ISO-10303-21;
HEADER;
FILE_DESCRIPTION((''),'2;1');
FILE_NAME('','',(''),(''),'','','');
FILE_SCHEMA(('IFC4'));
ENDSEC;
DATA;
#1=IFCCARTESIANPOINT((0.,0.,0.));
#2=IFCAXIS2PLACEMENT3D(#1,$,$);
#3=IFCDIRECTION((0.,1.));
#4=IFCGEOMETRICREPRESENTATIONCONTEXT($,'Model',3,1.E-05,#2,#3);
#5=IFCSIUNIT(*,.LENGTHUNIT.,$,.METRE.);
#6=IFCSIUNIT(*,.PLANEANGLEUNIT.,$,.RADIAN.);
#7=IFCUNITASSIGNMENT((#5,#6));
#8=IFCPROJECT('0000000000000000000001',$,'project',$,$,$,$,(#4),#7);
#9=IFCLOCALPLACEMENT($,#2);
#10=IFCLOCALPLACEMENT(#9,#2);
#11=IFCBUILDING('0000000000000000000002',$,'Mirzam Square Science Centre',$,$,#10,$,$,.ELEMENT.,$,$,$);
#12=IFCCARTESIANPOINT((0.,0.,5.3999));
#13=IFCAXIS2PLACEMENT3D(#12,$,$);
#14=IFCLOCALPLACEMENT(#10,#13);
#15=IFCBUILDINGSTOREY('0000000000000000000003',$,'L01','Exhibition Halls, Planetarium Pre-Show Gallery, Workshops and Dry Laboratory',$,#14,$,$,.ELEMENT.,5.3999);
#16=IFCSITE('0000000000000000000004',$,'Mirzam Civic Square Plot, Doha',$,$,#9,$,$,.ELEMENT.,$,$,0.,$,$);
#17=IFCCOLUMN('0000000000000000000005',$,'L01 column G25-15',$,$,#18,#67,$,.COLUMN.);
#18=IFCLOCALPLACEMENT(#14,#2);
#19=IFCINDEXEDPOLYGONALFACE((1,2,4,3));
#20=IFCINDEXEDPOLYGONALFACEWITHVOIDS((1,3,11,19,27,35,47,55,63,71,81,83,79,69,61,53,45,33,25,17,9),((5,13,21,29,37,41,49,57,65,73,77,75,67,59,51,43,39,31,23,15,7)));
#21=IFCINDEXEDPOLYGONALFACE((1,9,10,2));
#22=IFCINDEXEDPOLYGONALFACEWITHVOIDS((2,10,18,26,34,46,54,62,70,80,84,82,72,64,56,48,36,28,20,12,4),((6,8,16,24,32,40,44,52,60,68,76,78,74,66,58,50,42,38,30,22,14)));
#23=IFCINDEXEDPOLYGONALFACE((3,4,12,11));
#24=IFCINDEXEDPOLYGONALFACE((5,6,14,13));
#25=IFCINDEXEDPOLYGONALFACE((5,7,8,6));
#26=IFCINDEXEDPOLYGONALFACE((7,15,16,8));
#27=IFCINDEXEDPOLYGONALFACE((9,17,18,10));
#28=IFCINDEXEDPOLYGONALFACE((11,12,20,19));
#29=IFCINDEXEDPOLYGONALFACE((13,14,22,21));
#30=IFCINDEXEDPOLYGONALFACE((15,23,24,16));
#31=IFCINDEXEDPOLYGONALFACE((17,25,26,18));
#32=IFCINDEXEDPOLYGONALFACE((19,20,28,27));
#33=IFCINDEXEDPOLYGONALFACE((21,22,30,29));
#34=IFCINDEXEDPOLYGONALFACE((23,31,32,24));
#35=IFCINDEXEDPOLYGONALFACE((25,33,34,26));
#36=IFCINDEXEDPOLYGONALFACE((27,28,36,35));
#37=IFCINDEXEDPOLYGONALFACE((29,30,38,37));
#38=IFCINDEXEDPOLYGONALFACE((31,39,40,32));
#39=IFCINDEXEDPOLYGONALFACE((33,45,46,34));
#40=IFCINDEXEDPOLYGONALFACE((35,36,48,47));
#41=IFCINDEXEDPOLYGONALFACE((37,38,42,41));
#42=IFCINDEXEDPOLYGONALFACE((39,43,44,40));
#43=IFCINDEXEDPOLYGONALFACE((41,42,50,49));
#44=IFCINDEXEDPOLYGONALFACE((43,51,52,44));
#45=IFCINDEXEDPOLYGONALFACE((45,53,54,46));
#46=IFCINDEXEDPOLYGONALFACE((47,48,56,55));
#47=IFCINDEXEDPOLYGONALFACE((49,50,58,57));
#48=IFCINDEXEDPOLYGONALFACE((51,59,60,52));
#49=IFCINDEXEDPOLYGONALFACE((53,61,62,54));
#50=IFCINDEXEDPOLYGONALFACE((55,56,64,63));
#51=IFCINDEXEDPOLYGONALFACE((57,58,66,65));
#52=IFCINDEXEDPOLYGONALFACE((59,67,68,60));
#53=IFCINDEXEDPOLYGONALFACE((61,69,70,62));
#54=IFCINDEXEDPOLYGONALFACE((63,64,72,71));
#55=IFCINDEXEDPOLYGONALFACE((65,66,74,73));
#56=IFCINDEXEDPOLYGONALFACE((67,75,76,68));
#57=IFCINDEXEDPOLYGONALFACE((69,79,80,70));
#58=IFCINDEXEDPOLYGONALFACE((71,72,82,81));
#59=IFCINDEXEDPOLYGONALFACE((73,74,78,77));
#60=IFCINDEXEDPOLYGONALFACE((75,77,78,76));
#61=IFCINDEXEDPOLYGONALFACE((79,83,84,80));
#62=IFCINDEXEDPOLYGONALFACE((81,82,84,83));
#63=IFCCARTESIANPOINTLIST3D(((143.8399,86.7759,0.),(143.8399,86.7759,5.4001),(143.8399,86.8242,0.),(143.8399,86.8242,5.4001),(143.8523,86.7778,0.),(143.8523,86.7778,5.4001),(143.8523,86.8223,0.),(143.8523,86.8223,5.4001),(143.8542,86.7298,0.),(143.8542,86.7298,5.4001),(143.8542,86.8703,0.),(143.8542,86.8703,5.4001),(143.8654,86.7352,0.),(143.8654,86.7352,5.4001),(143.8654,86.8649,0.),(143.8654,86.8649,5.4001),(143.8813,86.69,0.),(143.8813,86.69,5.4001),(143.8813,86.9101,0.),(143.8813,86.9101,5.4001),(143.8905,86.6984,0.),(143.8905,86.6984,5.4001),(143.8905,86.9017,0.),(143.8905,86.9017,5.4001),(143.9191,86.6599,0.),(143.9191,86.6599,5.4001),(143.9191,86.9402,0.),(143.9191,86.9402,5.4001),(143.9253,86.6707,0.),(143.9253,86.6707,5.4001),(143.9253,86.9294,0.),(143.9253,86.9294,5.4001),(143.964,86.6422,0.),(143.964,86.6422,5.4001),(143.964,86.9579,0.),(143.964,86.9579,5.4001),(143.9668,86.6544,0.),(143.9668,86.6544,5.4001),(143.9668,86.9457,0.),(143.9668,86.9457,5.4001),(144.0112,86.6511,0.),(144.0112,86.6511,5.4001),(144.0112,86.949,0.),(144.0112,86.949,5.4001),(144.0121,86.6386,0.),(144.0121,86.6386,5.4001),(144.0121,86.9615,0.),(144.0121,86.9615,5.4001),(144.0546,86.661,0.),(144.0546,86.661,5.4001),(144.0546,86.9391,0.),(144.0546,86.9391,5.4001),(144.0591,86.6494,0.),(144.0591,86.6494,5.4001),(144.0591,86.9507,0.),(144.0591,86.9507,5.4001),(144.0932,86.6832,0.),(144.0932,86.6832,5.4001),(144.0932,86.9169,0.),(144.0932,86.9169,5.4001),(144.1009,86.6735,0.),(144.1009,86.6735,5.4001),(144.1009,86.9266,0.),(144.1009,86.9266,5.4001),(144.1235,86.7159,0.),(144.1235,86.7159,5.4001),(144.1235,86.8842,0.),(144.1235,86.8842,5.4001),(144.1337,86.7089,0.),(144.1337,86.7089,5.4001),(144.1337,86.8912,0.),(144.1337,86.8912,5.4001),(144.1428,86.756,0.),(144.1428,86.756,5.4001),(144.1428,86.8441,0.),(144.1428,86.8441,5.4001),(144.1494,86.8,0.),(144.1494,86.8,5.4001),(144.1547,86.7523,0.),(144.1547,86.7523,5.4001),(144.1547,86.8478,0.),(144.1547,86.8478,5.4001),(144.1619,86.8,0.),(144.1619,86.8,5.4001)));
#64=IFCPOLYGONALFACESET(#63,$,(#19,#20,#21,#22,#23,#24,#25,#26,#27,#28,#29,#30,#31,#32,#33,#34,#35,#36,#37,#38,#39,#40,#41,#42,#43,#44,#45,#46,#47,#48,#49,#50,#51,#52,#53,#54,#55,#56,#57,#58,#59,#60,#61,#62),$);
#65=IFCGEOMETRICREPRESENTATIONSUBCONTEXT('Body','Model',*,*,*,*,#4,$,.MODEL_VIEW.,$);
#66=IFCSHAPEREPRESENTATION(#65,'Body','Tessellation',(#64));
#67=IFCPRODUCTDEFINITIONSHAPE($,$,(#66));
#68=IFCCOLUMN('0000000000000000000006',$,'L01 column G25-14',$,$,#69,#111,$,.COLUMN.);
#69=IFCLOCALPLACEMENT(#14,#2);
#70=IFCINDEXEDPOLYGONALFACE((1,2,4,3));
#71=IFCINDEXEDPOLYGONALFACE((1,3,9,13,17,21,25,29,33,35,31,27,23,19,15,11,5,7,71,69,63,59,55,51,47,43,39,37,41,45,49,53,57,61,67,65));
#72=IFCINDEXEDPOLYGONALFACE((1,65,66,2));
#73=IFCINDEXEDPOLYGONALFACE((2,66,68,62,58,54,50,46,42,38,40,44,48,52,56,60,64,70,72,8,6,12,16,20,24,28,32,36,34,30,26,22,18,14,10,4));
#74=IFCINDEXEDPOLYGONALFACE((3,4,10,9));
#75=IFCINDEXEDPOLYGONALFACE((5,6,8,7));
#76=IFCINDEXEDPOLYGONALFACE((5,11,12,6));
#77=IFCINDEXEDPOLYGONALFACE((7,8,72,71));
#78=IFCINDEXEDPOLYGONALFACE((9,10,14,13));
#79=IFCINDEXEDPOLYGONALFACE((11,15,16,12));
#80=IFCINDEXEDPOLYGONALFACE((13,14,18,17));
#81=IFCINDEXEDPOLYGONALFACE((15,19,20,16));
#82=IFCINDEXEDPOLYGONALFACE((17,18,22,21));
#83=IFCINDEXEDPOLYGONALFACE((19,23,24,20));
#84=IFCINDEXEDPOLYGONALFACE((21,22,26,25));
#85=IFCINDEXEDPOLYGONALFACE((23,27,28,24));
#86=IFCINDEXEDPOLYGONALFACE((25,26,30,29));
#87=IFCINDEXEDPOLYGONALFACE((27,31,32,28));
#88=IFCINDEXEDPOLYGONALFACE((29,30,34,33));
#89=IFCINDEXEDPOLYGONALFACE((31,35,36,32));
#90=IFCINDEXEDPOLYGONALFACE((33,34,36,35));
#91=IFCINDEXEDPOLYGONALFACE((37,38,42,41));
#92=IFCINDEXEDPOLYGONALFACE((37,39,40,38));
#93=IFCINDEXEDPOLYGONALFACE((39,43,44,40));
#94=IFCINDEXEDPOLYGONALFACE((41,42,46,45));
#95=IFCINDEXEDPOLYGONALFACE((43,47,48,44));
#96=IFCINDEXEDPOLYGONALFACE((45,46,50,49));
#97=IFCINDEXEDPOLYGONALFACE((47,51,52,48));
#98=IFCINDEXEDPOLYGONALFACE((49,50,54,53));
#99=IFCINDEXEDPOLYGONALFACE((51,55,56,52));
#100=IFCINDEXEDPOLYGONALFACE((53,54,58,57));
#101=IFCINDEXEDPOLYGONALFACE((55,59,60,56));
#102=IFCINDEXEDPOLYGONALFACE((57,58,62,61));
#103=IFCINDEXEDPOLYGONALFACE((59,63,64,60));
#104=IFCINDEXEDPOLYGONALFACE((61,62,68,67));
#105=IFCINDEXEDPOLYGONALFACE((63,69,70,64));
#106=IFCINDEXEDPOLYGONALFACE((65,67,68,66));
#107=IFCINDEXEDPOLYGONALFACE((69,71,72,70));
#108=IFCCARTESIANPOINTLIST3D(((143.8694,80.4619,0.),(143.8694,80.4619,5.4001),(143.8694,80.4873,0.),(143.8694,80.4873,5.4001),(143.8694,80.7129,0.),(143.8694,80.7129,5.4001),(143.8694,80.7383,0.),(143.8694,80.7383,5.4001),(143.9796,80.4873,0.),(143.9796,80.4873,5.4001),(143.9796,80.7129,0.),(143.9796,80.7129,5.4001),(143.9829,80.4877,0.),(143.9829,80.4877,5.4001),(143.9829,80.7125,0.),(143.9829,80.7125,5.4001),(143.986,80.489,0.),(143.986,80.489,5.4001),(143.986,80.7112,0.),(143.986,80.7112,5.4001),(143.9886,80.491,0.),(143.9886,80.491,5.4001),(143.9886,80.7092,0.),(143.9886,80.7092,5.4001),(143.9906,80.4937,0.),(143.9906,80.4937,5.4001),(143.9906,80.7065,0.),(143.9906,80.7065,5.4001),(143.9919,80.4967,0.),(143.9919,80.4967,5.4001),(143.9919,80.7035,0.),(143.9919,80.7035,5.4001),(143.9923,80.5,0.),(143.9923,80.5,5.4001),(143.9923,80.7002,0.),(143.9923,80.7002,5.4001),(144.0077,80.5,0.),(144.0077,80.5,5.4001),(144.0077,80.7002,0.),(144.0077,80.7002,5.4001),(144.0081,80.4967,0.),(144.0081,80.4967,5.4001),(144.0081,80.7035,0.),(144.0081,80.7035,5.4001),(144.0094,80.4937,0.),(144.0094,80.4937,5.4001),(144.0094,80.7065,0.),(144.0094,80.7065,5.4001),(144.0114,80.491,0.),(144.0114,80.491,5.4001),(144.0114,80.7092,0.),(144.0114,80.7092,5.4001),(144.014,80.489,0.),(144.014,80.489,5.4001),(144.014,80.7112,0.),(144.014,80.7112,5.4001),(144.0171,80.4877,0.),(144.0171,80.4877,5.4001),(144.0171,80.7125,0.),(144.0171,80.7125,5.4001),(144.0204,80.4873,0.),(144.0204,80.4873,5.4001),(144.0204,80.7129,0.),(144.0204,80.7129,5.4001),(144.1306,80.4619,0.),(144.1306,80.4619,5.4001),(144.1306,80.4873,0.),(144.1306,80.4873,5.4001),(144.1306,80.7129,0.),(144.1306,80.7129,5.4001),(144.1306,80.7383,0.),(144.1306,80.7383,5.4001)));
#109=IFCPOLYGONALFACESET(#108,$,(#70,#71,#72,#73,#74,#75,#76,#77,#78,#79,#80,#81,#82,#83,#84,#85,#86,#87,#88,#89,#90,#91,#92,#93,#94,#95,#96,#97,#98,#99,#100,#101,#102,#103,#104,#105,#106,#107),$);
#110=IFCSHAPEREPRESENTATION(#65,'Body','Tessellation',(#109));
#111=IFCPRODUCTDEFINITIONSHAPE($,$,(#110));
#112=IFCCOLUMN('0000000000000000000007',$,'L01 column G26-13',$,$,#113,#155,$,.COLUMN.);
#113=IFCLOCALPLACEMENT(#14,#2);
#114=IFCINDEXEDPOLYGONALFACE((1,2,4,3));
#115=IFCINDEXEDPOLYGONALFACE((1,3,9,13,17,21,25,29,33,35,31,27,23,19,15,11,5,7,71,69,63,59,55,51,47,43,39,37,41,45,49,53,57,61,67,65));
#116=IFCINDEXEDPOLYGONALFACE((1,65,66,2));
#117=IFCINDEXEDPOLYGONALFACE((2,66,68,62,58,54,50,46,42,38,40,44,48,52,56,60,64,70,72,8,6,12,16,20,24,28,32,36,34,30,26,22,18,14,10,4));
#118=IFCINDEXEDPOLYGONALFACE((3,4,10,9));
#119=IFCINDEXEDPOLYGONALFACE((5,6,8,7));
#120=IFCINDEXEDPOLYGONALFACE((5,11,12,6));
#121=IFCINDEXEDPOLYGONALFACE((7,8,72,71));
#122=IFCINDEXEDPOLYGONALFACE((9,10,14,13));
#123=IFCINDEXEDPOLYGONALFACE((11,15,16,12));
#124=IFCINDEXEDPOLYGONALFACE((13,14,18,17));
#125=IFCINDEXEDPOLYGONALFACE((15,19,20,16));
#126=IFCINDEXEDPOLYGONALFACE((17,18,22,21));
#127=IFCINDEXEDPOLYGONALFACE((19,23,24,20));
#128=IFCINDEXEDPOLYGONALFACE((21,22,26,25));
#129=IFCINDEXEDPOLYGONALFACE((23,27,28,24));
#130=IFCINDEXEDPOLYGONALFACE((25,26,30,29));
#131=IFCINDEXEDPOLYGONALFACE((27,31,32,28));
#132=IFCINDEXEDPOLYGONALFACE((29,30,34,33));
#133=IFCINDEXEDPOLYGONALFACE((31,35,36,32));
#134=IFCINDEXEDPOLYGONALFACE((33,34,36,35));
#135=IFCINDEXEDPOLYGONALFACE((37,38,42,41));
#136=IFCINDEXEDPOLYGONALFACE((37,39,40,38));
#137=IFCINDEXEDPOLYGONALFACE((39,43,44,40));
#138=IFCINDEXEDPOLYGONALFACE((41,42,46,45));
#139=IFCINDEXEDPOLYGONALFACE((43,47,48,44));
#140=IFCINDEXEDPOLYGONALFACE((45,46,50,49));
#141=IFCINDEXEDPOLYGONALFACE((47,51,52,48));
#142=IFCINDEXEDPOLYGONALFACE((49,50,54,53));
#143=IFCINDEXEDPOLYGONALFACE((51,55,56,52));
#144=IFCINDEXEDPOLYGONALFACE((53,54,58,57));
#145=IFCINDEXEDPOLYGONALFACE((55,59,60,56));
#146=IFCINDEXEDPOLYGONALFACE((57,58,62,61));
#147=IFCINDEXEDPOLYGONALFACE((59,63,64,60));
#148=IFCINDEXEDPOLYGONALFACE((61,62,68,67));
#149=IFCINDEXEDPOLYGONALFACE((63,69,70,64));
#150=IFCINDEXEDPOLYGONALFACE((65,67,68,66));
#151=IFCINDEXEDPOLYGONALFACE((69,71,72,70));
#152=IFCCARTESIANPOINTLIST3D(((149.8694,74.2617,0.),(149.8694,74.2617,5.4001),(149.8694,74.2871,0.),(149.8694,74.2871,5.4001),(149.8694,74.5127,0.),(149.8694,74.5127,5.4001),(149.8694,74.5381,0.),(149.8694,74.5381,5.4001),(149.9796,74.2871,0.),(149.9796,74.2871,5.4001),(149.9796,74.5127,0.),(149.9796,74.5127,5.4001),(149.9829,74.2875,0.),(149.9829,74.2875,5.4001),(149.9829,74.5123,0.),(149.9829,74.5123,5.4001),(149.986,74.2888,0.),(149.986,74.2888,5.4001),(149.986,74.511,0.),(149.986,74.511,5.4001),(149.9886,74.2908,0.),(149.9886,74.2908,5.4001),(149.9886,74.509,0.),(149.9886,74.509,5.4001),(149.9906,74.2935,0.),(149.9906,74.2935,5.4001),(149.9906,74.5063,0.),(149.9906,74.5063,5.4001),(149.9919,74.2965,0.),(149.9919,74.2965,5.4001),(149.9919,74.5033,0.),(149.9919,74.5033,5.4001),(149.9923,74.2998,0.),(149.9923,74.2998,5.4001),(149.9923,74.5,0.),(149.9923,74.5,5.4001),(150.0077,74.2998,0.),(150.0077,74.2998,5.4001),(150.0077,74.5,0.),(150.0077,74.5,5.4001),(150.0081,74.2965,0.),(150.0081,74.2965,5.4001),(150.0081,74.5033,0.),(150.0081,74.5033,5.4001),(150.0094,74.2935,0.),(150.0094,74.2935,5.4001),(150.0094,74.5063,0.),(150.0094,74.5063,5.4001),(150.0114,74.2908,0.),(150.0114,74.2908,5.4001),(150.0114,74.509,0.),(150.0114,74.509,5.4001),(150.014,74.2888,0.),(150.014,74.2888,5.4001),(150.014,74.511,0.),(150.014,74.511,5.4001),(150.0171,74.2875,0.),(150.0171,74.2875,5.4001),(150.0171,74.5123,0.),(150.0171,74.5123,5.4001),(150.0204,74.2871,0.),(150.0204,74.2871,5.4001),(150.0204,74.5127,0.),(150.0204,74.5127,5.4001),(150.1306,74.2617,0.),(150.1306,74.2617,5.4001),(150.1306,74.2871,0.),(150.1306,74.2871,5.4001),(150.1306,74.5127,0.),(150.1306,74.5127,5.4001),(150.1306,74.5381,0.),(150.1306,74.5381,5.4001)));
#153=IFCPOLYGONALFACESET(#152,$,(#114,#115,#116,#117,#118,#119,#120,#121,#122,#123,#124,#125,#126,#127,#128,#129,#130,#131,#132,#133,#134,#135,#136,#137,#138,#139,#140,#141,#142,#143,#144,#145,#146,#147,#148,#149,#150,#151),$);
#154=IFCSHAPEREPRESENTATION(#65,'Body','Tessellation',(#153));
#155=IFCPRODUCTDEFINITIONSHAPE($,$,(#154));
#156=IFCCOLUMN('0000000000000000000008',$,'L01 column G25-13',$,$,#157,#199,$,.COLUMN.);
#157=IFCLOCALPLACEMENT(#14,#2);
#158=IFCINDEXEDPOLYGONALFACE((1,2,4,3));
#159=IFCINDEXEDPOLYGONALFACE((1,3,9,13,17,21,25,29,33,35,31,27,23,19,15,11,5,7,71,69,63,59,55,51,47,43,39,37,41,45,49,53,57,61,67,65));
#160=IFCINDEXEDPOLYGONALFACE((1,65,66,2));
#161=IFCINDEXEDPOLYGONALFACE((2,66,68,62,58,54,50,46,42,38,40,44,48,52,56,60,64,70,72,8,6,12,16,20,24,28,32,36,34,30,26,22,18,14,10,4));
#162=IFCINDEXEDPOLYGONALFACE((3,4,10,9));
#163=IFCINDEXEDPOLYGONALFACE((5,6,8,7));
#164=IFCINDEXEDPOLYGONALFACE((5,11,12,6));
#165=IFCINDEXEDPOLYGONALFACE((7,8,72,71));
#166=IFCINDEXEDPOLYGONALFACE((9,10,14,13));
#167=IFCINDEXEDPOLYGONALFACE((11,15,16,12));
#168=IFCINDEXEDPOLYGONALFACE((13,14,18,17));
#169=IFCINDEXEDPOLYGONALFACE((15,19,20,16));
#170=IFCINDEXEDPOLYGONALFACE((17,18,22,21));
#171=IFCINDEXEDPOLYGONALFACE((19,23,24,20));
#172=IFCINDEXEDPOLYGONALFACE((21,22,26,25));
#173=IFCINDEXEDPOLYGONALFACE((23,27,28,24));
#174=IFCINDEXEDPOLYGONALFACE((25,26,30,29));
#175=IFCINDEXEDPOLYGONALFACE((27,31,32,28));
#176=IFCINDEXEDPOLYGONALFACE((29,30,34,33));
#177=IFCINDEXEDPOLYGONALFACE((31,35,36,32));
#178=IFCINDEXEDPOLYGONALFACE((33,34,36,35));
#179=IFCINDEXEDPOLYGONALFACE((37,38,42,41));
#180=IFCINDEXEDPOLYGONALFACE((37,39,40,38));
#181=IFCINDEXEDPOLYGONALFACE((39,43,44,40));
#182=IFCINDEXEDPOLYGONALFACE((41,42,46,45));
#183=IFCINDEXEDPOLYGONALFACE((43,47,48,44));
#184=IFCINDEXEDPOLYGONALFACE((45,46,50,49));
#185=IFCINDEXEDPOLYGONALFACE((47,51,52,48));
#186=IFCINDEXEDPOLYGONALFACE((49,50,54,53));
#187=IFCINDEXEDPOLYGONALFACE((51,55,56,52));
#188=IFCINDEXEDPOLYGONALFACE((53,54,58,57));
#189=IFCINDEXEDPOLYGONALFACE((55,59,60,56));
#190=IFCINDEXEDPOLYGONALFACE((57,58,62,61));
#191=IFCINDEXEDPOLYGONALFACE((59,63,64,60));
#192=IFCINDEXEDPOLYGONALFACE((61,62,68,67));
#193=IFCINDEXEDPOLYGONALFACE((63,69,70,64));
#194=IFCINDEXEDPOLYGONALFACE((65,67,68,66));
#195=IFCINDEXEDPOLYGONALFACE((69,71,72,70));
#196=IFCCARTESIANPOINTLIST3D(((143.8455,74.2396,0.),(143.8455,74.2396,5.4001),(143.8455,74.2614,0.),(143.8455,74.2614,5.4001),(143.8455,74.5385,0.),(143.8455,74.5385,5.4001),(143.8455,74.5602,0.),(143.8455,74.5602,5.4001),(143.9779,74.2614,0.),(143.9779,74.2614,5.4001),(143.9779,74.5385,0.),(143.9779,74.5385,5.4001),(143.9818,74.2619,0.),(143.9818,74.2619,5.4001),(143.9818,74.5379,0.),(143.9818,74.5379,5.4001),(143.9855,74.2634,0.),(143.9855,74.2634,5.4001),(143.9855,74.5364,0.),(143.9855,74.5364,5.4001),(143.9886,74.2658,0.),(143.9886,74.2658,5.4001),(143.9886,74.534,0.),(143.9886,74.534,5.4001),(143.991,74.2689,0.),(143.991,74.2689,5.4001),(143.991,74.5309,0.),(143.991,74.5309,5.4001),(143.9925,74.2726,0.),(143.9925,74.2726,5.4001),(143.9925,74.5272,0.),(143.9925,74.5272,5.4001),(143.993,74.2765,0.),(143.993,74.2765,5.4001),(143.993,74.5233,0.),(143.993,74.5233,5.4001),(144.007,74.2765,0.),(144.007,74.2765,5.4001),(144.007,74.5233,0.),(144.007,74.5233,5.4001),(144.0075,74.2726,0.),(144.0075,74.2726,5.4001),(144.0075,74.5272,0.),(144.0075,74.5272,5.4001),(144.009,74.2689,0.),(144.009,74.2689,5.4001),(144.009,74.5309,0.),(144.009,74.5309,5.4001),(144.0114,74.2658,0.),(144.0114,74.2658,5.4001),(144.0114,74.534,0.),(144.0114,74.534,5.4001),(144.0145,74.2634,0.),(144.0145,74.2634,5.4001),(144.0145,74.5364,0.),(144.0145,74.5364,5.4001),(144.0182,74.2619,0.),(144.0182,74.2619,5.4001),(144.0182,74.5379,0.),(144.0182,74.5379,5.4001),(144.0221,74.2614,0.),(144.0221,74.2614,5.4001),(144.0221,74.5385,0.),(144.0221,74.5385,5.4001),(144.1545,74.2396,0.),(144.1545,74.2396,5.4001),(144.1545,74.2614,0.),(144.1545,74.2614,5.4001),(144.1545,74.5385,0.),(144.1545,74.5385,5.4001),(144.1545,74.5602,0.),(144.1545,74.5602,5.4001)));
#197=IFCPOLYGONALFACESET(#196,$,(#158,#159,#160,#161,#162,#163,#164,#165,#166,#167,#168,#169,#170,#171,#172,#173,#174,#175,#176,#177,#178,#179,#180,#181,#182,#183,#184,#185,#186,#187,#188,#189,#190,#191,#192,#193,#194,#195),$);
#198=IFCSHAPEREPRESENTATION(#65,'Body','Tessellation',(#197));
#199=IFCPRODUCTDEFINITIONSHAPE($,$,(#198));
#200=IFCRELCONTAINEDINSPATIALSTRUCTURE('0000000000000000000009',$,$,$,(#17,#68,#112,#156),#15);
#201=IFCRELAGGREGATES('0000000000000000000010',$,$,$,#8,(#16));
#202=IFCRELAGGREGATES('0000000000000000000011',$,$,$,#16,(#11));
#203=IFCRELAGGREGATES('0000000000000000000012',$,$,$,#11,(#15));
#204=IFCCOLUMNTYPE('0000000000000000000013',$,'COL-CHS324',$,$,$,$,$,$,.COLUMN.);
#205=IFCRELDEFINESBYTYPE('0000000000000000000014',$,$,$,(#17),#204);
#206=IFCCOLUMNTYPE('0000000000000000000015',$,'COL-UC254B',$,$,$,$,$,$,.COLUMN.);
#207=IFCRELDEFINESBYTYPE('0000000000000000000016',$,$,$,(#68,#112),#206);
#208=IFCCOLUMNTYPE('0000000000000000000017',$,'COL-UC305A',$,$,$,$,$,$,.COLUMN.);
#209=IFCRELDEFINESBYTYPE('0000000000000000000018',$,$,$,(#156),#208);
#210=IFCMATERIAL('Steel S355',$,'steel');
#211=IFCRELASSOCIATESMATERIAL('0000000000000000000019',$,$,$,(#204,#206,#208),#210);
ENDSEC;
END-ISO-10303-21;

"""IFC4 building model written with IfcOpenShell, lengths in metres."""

from ifc_helpers import new_model, si_unit, direction, frame, origin, origin_2d, place, context, subcontext, project, spatial, hollow_circle, i_section, extrude, material, material_profile, profile_set, type_object, element, save


model = new_model("IFC4")

# Units and contexts
model_context = context("Model", 3, precision=1e-05, world=origin(), true_north=direction((0.0, 1.0)))
body_context = subcontext(model_context, "Body", "Model", "MODEL_VIEW")
ifc_project = project(units=[si_unit("LENGTHUNIT", "METRE"), si_unit("PLANEANGLEUNIT", "RADIAN")], contexts=[model_context])

# Site, building, storey
site_placement = place(None, origin())
site = spatial("IfcSite", under=ifc_project, at=site_placement, Name="Mirzam Civic Square Plot, Doha", CompositionType="ELEMENT", RefElevation=0.0)
building_placement = place(site_placement, origin())
building = spatial("IfcBuilding", under=site, at=building_placement, Name="Mirzam Square Science Centre", CompositionType="ELEMENT")
storey_placement = place(building_placement, frame((0.0, 0.0, 5.3999)))
storey = spatial("IfcBuildingStorey", under=building, at=storey_placement, Name="L01", Description="Exhibition Halls, Planetarium Pre-Show Gallery, Workshops and Dry Laboratory", CompositionType="ELEMENT", Elevation=5.3999)

# Columns
ifc_material_1 = material(Name="Steel S355", Category="steel")
ifc_material_profile_1 = material_profile(ifc_material_1, hollow_circle(Radius=0.1619, WallThickness=0.0125, at=origin_2d()), Name="323.9x12.5CHS")
ifc_profile_set_1 = profile_set([ifc_material_profile_1], Name="Steel S355")
column_type_1 = type_object("IfcColumnType", Name="COL-CHS324", PredefinedType="COLUMN", material=ifc_profile_set_1)
column_1_placement = place(storey_placement, frame((144.0, 86.8, 0.0), z_axis=(0.0, 0.0, 1.0), x_axis=(1.0, 0.0, 0.0)))
element("IfcColumn", 1, at=column_1_placement, inside=storey, type_object=column_type_1, Name="L01 column G25-15", PredefinedType="COLUMN", context=body_context, shape_type="SweptSolid", body=[
    extrude(hollow_circle(Radius=0.1619, WallThickness=0.0125, at=origin_2d()), origin(), (0.0, 0.0, 1.0), 5.4001),
])
ifc_material_profile_2 = material_profile(ifc_material_1, i_section(OverallWidth=0.2612, OverallDepth=0.2764, WebThickness=0.0154, FlangeThickness=0.0254, FilletRadius=0.0127, at=origin_2d()), Name="254x254x132UC")
ifc_profile_set_2 = profile_set([ifc_material_profile_2], Name="Steel S355")
column_type_2 = type_object("IfcColumnType", Name="COL-UC254B", PredefinedType="COLUMN", material=ifc_profile_set_2)
for number, where, z_axis, x_axis, name in (
    (2, (144.0, 80.6001, 0.0), (0.0, 0.0, 1.0), (1.0, 0.0, 0.0), "L01 column G25-14"),
    (3, (150.0, 74.3999, 0.0), (0.0, 0.0, 1.0), (1.0, 0.0, 0.0), "L01 column G26-13"),
):
    element("IfcColumn", number, at=place(storey_placement, frame(where, z_axis=z_axis, x_axis=x_axis)), inside=storey, type_object=column_type_2, Name=name, PredefinedType="COLUMN", context=body_context, shape_type="SweptSolid", body=[
        extrude(i_section(OverallWidth=0.2612, OverallDepth=0.2764, WebThickness=0.0154, FlangeThickness=0.0254, FilletRadius=0.0127, at=origin_2d()), origin(), (0.0, 0.0, 1.0), 5.4001),
    ])
ifc_material_profile_3 = material_profile(ifc_material_1, i_section(OverallWidth=0.3091, OverallDepth=0.3206, WebThickness=0.0139, FlangeThickness=0.0217, FilletRadius=0.0151, at=origin_2d()), Name="305x305x137UC")
ifc_profile_set_3 = profile_set([ifc_material_profile_3], Name="Steel S355")
column_type_3 = type_object("IfcColumnType", Name="COL-UC305A", PredefinedType="COLUMN", material=ifc_profile_set_3)
column_2_placement = place(storey_placement, frame((144.0, 74.3999, 0.0), z_axis=(0.0, 0.0, 1.0), x_axis=(1.0, 0.0, 0.0)))
element("IfcColumn", 4, at=column_2_placement, inside=storey, type_object=column_type_3, Name="L01 column G25-13", PredefinedType="COLUMN", context=body_context, shape_type="SweptSolid", body=[
    extrude(i_section(OverallWidth=0.3091, OverallDepth=0.3206, WebThickness=0.0139, FlangeThickness=0.0217, FilletRadius=0.0151, at=origin_2d()), origin(), (0.0, 0.0, 1.0), 5.4001),
])

save(model, "model.ifc")
